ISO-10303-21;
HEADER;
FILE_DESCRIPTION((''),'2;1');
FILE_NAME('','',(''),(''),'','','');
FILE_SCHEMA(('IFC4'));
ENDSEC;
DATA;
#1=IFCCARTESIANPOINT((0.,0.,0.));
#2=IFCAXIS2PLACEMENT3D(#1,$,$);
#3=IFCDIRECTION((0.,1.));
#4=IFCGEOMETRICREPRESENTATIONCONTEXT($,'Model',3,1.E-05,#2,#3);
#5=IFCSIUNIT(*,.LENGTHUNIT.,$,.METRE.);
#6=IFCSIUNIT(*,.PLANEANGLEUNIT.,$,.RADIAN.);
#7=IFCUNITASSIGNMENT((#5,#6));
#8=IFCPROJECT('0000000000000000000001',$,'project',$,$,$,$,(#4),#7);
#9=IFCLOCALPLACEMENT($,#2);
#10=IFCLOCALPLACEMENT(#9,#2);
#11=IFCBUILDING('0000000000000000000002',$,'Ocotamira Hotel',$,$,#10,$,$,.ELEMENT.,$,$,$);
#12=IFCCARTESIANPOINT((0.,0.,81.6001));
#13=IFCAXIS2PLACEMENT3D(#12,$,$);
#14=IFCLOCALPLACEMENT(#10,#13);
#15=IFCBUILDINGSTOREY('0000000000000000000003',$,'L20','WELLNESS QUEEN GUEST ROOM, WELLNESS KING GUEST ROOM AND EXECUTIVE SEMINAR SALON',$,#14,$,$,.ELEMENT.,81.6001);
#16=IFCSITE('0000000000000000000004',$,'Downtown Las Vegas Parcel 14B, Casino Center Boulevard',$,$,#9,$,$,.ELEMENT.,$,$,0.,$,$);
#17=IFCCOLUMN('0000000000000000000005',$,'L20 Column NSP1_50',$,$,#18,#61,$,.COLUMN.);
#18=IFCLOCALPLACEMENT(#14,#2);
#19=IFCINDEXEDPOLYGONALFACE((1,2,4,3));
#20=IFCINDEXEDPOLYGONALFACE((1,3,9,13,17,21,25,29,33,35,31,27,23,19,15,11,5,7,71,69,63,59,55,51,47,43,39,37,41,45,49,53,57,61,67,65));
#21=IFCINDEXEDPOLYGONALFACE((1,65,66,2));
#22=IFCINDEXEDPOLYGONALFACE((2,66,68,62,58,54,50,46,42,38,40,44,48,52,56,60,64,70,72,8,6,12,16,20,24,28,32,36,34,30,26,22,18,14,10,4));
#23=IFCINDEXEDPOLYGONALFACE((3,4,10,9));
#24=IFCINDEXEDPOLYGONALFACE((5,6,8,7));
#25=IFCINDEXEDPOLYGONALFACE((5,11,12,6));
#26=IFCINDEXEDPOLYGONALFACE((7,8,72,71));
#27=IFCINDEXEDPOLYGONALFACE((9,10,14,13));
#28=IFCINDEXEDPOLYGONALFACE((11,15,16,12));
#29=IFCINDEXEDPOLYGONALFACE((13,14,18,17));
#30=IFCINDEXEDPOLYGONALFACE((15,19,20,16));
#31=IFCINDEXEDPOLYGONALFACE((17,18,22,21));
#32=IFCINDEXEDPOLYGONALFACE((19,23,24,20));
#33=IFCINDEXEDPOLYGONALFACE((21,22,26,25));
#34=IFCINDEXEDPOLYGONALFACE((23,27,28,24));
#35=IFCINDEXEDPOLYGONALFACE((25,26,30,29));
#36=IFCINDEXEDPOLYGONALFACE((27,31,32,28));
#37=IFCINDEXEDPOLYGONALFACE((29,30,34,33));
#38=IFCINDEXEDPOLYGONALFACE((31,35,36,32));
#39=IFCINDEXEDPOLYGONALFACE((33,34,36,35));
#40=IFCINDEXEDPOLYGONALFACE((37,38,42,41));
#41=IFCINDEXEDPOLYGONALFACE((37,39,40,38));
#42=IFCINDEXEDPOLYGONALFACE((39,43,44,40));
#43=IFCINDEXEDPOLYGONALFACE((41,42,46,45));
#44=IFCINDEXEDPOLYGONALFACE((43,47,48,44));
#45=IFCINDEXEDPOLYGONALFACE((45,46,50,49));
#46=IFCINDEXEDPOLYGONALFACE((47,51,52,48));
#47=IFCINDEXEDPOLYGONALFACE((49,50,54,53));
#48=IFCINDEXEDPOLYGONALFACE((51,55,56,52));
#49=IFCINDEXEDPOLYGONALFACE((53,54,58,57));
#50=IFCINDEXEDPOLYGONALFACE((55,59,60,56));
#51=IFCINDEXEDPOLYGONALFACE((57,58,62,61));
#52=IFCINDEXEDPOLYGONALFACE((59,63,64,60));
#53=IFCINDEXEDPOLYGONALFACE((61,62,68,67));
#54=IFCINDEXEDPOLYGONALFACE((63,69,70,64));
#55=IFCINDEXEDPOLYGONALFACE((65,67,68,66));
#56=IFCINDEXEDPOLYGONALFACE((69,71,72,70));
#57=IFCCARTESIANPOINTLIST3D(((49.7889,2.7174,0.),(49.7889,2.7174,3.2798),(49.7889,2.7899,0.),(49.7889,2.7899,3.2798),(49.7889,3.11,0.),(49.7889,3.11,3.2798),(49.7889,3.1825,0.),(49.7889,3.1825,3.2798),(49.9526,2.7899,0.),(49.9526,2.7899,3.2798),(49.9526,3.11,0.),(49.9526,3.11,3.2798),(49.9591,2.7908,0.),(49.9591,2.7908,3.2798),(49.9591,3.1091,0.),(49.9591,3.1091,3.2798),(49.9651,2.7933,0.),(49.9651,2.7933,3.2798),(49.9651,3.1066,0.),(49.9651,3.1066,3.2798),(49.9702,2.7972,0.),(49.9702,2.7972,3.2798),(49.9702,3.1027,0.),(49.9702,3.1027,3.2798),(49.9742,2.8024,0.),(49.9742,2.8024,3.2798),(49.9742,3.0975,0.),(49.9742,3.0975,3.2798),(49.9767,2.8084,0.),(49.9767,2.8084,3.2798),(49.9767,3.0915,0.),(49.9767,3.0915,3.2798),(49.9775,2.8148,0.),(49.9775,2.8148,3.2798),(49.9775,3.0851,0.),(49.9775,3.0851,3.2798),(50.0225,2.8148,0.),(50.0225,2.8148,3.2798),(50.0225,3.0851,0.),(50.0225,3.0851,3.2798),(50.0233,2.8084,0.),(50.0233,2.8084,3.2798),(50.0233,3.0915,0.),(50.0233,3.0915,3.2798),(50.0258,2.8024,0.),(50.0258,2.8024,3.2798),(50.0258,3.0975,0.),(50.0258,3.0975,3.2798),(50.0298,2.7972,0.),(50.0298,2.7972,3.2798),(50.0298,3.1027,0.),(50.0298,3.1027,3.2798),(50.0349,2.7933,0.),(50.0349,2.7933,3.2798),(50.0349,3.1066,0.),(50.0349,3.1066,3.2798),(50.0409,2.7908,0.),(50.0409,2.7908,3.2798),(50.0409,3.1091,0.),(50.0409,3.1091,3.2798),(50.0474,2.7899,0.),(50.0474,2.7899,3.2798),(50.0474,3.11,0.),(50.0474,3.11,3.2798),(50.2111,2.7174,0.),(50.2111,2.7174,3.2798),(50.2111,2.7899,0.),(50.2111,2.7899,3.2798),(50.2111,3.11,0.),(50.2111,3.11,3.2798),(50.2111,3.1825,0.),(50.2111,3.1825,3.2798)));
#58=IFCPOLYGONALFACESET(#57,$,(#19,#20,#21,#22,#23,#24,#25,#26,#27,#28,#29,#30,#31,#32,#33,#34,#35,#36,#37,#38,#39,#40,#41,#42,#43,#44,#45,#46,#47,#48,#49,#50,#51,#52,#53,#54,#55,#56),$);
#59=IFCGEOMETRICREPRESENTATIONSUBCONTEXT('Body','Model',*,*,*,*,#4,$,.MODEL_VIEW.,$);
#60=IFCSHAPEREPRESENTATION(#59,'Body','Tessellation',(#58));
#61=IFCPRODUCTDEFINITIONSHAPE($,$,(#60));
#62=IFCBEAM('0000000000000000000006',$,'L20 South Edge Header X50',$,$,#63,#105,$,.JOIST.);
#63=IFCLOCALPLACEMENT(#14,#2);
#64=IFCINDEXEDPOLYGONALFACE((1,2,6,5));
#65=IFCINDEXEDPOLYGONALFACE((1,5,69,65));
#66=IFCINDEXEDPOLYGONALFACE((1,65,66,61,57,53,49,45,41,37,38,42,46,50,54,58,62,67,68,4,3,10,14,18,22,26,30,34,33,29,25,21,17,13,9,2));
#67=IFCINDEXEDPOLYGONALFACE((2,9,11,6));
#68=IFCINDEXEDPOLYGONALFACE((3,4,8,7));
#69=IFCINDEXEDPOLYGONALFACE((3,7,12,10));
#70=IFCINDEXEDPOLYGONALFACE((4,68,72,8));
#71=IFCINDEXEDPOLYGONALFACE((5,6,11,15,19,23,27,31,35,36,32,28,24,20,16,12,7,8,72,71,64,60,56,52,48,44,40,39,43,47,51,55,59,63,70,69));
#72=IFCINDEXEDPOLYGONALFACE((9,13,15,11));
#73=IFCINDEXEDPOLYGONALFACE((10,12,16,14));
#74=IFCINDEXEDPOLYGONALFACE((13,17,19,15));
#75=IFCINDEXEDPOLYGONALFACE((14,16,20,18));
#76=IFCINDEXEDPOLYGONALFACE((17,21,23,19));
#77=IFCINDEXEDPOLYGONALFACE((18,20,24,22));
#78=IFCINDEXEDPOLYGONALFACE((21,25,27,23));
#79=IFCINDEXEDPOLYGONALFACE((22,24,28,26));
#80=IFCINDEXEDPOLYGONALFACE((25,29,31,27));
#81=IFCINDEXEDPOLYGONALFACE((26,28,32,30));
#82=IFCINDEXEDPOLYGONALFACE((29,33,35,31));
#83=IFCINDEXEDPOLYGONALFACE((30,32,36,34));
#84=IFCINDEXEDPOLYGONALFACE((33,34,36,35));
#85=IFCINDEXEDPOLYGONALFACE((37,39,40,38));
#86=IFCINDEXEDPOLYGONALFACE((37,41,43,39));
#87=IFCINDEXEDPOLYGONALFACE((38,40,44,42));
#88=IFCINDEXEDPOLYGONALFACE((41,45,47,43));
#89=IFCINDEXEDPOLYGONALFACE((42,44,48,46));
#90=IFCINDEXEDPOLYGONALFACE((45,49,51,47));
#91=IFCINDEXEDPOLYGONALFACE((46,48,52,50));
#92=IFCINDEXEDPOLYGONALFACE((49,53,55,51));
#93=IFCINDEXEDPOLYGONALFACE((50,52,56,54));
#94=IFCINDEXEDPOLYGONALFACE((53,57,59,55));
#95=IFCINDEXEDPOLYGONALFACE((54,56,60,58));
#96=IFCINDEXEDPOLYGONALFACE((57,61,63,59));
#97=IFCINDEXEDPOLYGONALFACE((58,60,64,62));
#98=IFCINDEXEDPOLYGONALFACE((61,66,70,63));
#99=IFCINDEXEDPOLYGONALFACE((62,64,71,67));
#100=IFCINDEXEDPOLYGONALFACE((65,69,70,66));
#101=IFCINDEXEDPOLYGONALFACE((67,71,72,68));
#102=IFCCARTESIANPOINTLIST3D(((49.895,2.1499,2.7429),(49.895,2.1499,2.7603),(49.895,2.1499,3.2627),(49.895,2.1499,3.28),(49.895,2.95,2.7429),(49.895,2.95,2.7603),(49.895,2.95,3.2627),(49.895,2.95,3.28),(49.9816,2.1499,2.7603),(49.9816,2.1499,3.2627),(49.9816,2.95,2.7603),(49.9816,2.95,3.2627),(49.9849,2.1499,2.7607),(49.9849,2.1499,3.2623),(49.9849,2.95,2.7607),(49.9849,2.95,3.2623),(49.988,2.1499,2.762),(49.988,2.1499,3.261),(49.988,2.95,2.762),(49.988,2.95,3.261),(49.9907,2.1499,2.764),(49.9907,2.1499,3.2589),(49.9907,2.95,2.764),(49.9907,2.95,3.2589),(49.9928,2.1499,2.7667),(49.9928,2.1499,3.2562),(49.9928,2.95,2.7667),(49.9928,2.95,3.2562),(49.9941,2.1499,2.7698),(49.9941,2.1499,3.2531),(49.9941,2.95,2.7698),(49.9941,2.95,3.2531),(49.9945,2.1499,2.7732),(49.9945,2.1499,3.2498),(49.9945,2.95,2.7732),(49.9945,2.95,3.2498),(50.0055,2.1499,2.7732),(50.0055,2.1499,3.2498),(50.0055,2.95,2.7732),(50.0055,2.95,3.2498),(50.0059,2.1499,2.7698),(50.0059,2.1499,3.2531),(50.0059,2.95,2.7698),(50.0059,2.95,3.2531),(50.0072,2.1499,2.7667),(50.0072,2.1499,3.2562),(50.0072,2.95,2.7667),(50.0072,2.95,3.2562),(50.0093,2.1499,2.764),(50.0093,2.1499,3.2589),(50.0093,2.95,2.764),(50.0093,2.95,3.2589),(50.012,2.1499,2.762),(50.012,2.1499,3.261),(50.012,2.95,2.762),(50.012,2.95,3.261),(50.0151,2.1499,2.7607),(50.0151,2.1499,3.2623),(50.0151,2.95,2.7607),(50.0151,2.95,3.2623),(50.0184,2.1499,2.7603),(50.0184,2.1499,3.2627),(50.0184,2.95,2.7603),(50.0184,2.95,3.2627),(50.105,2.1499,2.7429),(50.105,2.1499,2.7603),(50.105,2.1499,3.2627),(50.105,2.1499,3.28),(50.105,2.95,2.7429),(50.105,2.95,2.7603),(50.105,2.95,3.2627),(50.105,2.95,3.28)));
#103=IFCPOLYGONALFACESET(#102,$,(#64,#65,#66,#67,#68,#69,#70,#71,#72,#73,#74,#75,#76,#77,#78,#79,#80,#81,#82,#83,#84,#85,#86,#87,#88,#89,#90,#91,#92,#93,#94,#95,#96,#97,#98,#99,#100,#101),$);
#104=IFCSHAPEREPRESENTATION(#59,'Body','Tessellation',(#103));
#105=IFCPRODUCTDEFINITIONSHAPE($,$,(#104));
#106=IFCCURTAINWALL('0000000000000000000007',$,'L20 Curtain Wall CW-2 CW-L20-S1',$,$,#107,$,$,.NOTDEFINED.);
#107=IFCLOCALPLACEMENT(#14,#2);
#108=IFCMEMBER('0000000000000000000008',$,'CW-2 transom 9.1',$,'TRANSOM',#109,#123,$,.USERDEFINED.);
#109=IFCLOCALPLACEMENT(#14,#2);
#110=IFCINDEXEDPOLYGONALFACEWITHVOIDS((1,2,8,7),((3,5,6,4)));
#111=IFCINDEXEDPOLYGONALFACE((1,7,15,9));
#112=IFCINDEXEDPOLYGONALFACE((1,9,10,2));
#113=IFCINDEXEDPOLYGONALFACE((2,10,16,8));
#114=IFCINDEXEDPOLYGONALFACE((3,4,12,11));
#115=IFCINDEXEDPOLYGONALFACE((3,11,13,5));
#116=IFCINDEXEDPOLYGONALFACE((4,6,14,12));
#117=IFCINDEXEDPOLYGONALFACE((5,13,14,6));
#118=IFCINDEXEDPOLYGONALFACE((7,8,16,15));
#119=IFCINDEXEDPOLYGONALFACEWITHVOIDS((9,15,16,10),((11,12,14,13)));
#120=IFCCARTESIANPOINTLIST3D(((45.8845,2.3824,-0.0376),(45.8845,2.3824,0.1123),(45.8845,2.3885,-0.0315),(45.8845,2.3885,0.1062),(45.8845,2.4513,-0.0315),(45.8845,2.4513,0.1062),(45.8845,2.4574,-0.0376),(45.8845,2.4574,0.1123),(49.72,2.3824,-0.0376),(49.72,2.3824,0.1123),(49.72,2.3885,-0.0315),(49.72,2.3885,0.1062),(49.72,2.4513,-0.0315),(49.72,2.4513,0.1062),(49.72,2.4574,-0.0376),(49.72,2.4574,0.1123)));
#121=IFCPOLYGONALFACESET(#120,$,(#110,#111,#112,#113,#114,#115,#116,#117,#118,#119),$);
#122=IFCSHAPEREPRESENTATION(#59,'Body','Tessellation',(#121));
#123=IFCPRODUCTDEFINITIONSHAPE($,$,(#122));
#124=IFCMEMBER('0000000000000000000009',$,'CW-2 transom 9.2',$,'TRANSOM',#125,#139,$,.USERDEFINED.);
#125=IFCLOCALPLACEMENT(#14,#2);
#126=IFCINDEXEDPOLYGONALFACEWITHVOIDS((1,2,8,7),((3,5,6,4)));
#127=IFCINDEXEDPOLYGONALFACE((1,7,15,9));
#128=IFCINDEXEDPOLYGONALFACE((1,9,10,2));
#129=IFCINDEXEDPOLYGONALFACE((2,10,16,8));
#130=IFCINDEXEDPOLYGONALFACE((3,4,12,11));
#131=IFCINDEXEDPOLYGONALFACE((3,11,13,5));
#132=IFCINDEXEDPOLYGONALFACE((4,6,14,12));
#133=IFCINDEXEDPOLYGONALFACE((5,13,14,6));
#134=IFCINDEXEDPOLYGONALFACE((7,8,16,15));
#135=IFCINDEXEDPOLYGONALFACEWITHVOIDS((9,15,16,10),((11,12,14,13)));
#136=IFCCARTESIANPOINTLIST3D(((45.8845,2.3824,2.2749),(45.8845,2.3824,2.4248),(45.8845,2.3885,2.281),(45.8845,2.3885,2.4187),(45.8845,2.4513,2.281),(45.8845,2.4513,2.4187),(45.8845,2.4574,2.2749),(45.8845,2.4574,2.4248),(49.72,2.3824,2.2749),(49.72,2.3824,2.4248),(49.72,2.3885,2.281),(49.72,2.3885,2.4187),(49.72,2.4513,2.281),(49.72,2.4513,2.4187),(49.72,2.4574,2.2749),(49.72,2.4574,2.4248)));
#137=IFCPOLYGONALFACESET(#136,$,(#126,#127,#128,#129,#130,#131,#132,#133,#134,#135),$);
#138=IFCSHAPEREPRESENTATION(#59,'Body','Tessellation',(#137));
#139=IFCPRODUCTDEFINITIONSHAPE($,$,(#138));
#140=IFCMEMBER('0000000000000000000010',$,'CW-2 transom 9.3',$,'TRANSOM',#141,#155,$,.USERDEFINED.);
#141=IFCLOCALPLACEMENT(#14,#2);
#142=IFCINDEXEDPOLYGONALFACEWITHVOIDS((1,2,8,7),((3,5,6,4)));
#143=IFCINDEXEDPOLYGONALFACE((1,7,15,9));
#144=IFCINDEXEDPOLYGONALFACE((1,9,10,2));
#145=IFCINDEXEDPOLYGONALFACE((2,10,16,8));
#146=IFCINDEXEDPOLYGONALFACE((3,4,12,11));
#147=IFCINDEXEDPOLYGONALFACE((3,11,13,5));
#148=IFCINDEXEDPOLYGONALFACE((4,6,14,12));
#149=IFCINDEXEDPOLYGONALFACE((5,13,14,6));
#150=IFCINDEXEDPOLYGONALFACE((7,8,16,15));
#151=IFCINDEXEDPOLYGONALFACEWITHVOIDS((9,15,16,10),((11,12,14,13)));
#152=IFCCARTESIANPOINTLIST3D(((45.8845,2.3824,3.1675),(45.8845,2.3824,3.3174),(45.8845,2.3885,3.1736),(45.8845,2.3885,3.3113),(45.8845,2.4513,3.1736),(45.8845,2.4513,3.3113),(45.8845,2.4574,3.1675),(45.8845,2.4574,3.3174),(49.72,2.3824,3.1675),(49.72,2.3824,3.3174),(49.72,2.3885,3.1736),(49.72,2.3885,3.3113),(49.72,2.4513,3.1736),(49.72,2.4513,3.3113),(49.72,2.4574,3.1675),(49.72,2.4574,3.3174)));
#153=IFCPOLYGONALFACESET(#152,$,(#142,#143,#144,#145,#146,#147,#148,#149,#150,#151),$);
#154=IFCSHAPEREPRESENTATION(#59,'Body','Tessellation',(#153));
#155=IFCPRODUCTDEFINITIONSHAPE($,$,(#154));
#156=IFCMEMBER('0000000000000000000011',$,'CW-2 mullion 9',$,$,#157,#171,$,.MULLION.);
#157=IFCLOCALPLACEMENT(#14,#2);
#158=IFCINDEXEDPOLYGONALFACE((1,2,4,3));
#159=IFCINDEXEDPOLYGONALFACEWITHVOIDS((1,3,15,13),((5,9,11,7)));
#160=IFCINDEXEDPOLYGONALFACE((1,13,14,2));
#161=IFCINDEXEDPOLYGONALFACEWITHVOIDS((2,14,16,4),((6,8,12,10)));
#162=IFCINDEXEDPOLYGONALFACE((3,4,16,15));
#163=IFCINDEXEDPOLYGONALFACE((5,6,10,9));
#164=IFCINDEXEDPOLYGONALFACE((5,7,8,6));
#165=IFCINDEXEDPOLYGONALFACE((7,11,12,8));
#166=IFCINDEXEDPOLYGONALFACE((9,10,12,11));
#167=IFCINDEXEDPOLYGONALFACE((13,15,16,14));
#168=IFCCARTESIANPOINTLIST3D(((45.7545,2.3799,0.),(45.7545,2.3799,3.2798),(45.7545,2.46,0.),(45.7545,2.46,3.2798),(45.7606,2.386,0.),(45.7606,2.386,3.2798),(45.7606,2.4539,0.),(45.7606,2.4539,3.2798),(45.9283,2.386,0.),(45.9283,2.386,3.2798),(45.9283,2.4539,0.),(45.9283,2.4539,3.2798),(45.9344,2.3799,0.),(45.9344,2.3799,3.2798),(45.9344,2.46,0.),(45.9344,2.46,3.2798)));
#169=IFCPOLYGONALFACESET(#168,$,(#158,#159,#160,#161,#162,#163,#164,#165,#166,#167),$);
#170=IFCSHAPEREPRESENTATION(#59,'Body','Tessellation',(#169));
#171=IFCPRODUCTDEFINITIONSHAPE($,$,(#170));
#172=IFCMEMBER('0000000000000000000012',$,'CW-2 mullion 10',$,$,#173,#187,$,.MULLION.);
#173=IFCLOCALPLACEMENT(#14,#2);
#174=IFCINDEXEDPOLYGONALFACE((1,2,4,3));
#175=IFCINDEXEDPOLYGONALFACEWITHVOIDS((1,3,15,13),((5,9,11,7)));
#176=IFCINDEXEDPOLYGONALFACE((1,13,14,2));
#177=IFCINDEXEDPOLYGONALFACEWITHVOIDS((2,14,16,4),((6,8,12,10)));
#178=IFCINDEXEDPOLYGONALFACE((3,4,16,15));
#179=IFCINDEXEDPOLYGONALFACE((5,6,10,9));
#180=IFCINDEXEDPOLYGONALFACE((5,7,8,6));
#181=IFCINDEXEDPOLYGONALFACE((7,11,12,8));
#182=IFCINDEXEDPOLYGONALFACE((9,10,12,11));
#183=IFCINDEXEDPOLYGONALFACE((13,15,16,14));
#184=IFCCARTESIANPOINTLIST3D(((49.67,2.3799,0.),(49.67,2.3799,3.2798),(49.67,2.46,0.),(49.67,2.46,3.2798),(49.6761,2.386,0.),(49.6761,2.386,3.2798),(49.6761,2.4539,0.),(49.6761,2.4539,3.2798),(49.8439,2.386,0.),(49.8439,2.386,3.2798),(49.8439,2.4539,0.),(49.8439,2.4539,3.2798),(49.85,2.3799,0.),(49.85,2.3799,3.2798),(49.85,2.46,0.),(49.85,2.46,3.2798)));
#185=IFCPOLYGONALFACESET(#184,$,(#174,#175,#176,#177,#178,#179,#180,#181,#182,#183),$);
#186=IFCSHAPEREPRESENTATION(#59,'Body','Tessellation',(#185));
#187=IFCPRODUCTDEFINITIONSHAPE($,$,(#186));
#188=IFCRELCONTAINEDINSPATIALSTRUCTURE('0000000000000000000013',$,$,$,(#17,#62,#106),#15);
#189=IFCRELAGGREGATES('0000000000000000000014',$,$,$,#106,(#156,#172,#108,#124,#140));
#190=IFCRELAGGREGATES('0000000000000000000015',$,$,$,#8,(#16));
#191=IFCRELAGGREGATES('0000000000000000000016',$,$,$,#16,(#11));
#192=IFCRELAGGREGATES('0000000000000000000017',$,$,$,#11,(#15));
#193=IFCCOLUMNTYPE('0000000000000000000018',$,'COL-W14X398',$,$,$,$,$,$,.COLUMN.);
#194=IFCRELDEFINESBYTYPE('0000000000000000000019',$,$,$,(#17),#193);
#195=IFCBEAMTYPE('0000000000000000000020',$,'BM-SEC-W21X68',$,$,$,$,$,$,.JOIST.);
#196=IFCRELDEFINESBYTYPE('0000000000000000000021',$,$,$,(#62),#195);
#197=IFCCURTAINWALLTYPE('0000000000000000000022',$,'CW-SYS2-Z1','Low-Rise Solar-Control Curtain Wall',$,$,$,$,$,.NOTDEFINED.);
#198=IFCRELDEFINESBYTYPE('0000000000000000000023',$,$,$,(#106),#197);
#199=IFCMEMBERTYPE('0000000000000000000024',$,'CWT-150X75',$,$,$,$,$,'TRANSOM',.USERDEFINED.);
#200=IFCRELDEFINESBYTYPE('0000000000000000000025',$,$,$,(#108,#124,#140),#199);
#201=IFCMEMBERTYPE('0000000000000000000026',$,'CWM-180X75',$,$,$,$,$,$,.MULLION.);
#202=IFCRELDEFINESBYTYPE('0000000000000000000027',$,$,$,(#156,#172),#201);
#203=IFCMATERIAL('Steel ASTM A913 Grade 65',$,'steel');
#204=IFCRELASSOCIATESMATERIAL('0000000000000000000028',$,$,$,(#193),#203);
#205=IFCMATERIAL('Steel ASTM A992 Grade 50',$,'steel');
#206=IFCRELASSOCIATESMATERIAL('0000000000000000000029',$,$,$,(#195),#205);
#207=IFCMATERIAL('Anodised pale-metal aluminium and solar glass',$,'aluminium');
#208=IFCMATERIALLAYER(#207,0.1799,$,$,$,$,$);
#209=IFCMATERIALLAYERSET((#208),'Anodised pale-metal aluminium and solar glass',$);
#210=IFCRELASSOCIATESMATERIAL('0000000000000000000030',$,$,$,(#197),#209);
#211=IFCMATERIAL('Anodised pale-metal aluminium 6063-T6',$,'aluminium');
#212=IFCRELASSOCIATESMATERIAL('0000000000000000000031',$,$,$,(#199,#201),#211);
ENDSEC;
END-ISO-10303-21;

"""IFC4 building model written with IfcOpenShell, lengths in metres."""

from ifc_helpers import new_model, si_unit, direction, frame, origin, origin_2d, place, context, subcontext, project, spatial, hollow_rectangle, i_section, extrude, source, transform, mapped, material, layer, layer_set, material_profile, profile_set, type_object, element, aggregate, save


model = new_model("IFC4")

# Units and contexts
model_context = context("Model", 3, precision=1e-05, world=origin(), true_north=direction((0.0, 1.0)))
body_context = subcontext(model_context, "Body", "Model", "MODEL_VIEW")
ifc_project = project(units=[si_unit("LENGTHUNIT", "METRE"), si_unit("PLANEANGLEUNIT", "RADIAN")], contexts=[model_context])

# Site, building, storey
site_placement = place(None, origin())
site = spatial("IfcSite", under=ifc_project, at=site_placement, Name="Downtown Las Vegas Parcel 14B, Casino Center Boulevard", CompositionType="ELEMENT", RefElevation=0.0)
building_placement = place(site_placement, origin())
building = spatial("IfcBuilding", under=site, at=building_placement, Name="Ocotamira Hotel", CompositionType="ELEMENT")
storey_placement = place(building_placement, frame((0.0, 0.0, 81.6001)))
storey = spatial("IfcBuildingStorey", under=building, at=storey_placement, Name="L20", Description="WELLNESS QUEEN GUEST ROOM, WELLNESS KING GUEST ROOM AND EXECUTIVE SEMINAR SALON", CompositionType="ELEMENT", Elevation=81.6001)

# Column
ifc_material_1 = material(Name="Steel ASTM A913 Grade 65", Category="steel")
ifc_material_profile_1 = material_profile(ifc_material_1, i_section(OverallWidth=0.4221, OverallDepth=0.4651, WebThickness=0.0449, FlangeThickness=0.0725, FilletRadius=0.0249, at=origin_2d()), Name="W14X398")
ifc_profile_set_1 = profile_set([ifc_material_profile_1], Name="Steel ASTM A913 Grade 65")
column_type = type_object("IfcColumnType", Name="COL-W14X398", PredefinedType="COLUMN", material=ifc_profile_set_1)
shared_shape_1 = source(origin(), body_context, "Body", "SweptSolid", [
    extrude(i_section(OverallWidth=0.4221, OverallDepth=0.4651, WebThickness=0.0449, FlangeThickness=0.0725, FilletRadius=0.0249, at=origin_2d()), origin(), (0.0, 0.0, 1.0), 3.2798),
])
column_placement = place(storey_placement, frame((50.0, 2.95, 0.0), z_axis=(0.0, 0.0, 1.0), x_axis=(1.0, 0.0, 0.0)))
element("IfcColumn", 1, at=column_placement, inside=storey, type_object=column_type, Name="L20 Column NSP1_50", PredefinedType="COLUMN", context=body_context, shape_type="MappedRepresentation", body=[
    mapped(shared_shape_1, transform((0.0, 0.0, 0.0), scale=1.0)),
])

# Beam
ifc_material_2 = material(Name="Steel ASTM A992 Grade 50", Category="steel")
ifc_material_profile_2 = material_profile(ifc_material_2, i_section(OverallWidth=0.21, OverallDepth=0.5371, WebThickness=0.011, FlangeThickness=0.0173, FilletRadius=0.0129, at=origin_2d()), Name="W21X68")
ifc_profile_set_2 = profile_set([ifc_material_profile_2], Name="Steel ASTM A992 Grade 50")
beam_type = type_object("IfcBeamType", Name="BM-SEC-W21X68", PredefinedType="JOIST", material=ifc_profile_set_2)
shared_shape_2 = source(origin(), body_context, "Body", "SweptSolid", [
    extrude(i_section(OverallWidth=0.21, OverallDepth=0.5371, WebThickness=0.011, FlangeThickness=0.0173, FilletRadius=0.0129, at=origin_2d()), origin(), (0.0, 0.0, 1.0), 0.8),
])
beam_placement = place(storey_placement, frame((50.0, 2.95, 3.0115), z_axis=(0.0, -1.0, 0.0), x_axis=(1.0, 0.0, 0.0)))
element("IfcBeam", 2, at=beam_placement, inside=storey, type_object=beam_type, Name="L20 South Edge Header X50", PredefinedType="JOIST", context=body_context, shape_type="MappedRepresentation", body=[
    mapped(shared_shape_2, transform((0.0, 0.0, 0.0), scale=1.0)),
])

# Curtain wall, members
ifc_material_3 = material(Name="Anodised pale-metal aluminium and solar glass", Category="aluminium")
ifc_layer_1 = layer(ifc_material_3, 0.1799)
ifc_layer_set_1 = layer_set([ifc_layer_1], Name="Anodised pale-metal aluminium and solar glass")
curtain_wall_type = type_object("IfcCurtainWallType", Name="CW-SYS2-Z1", Description="Low-Rise Solar-Control Curtain Wall", PredefinedType="NOTDEFINED", material=ifc_layer_set_1)
curtain_wall_placement = place(storey_placement, origin())
curtain_wall = element("IfcCurtainWall", 3, at=curtain_wall_placement, inside=storey, type_object=curtain_wall_type, Name="L20 Curtain Wall CW-2 CW-L20-S1", PredefinedType="NOTDEFINED")
ifc_material_4 = material(Name="Anodised pale-metal aluminium 6063-T6", Category="aluminium")
ifc_material_profile_3 = material_profile(ifc_material_4, hollow_rectangle(XDim=0.075, YDim=0.1499, WallThickness=0.0061, at=origin_2d()), Name="HSS150X75X6")
ifc_profile_set_3 = profile_set([ifc_material_profile_3], Name="Anodised pale-metal aluminium 6063-T6")
member_type_1 = type_object("IfcMemberType", Name="CWT-150X75", ElementType="TRANSOM", PredefinedType="USERDEFINED", material=ifc_profile_set_3)
shared_shape_3 = source(origin(), body_context, "Body", "SweptSolid", [
    extrude(hollow_rectangle(XDim=0.075, YDim=0.1499, WallThickness=0.0061, at=origin_2d()), origin(), (0.0, 0.0, 1.0), 3.8354),
])
member_1_placement = place(storey_placement, frame((45.8845, 2.4199, 0.0374), z_axis=(1.0, 0.0, 0.0), x_axis=(0.0, 1.0, 0.0)))
member_1 = element("IfcMember", 4, at=member_1_placement, type_object=member_type_1, Name="CW-2 transom 9.1", ObjectType="TRANSOM", PredefinedType="USERDEFINED", context=body_context, shape_type="MappedRepresentation", body=[
    mapped(shared_shape_3, transform((0.0, 0.0, 0.0), scale=1.0)),
])
member_2_placement = place(storey_placement, frame((45.8845, 2.4199, 2.3499), z_axis=(1.0, 0.0, 0.0), x_axis=(0.0, 1.0, 0.0)))
member_2 = element("IfcMember", 5, at=member_2_placement, type_object=member_type_1, Name="CW-2 transom 9.2", ObjectType="TRANSOM", PredefinedType="USERDEFINED", context=body_context, shape_type="MappedRepresentation", body=[
    mapped(shared_shape_3, transform((0.0, 0.0, 0.0), scale=1.0)),
])
member_3_placement = place(storey_placement, frame((45.8845, 2.4199, 3.2424), z_axis=(1.0, 0.0, 0.0), x_axis=(0.0, 1.0, 0.0)))
member_3 = element("IfcMember", 6, at=member_3_placement, type_object=member_type_1, Name="CW-2 transom 9.3", ObjectType="TRANSOM", PredefinedType="USERDEFINED", context=body_context, shape_type="MappedRepresentation", body=[
    mapped(shared_shape_3, transform((0.0, 0.0, 0.0), scale=1.0)),
])
ifc_material_profile_4 = material_profile(ifc_material_4, hollow_rectangle(XDim=0.0801, YDim=0.1799, WallThickness=0.0061, at=origin_2d()), Name="HSS180X80X6")
ifc_profile_set_4 = profile_set([ifc_material_profile_4], Name="Anodised pale-metal aluminium 6063-T6")
member_type_2 = type_object("IfcMemberType", Name="CWM-180X75", PredefinedType="MULLION", material=ifc_profile_set_4)
shared_shape_4 = source(origin(), body_context, "Body", "SweptSolid", [
    extrude(hollow_rectangle(XDim=0.0801, YDim=0.1799, WallThickness=0.0061, at=origin_2d()), origin(), (0.0, 0.0, 1.0), 3.2798),
])
member_4_placement = place(storey_placement, frame((45.8445, 2.4199, 0.0), z_axis=(0.0, 0.0, 1.0), x_axis=(0.0, 1.0, 0.0)))
member_4 = element("IfcMember", 7, at=member_4_placement, type_object=member_type_2, Name="CW-2 mullion 9", PredefinedType="MULLION", context=body_context, shape_type="MappedRepresentation", body=[
    mapped(shared_shape_4, transform((0.0, 0.0, 0.0), scale=1.0)),
])
member_5_placement = place(storey_placement, frame((49.76, 2.4199, 0.0), z_axis=(0.0, 0.0, 1.0), x_axis=(0.0, 1.0, 0.0)))
member_5 = element("IfcMember", 8, at=member_5_placement, type_object=member_type_2, Name="CW-2 mullion 10", PredefinedType="MULLION", context=body_context, shape_type="MappedRepresentation", body=[
    mapped(shared_shape_4, transform((0.0, 0.0, 0.0), scale=1.0)),
])

aggregate(curtain_wall, [member_4, member_5, member_1, member_2, member_3])

save(model, "model.ifc")
